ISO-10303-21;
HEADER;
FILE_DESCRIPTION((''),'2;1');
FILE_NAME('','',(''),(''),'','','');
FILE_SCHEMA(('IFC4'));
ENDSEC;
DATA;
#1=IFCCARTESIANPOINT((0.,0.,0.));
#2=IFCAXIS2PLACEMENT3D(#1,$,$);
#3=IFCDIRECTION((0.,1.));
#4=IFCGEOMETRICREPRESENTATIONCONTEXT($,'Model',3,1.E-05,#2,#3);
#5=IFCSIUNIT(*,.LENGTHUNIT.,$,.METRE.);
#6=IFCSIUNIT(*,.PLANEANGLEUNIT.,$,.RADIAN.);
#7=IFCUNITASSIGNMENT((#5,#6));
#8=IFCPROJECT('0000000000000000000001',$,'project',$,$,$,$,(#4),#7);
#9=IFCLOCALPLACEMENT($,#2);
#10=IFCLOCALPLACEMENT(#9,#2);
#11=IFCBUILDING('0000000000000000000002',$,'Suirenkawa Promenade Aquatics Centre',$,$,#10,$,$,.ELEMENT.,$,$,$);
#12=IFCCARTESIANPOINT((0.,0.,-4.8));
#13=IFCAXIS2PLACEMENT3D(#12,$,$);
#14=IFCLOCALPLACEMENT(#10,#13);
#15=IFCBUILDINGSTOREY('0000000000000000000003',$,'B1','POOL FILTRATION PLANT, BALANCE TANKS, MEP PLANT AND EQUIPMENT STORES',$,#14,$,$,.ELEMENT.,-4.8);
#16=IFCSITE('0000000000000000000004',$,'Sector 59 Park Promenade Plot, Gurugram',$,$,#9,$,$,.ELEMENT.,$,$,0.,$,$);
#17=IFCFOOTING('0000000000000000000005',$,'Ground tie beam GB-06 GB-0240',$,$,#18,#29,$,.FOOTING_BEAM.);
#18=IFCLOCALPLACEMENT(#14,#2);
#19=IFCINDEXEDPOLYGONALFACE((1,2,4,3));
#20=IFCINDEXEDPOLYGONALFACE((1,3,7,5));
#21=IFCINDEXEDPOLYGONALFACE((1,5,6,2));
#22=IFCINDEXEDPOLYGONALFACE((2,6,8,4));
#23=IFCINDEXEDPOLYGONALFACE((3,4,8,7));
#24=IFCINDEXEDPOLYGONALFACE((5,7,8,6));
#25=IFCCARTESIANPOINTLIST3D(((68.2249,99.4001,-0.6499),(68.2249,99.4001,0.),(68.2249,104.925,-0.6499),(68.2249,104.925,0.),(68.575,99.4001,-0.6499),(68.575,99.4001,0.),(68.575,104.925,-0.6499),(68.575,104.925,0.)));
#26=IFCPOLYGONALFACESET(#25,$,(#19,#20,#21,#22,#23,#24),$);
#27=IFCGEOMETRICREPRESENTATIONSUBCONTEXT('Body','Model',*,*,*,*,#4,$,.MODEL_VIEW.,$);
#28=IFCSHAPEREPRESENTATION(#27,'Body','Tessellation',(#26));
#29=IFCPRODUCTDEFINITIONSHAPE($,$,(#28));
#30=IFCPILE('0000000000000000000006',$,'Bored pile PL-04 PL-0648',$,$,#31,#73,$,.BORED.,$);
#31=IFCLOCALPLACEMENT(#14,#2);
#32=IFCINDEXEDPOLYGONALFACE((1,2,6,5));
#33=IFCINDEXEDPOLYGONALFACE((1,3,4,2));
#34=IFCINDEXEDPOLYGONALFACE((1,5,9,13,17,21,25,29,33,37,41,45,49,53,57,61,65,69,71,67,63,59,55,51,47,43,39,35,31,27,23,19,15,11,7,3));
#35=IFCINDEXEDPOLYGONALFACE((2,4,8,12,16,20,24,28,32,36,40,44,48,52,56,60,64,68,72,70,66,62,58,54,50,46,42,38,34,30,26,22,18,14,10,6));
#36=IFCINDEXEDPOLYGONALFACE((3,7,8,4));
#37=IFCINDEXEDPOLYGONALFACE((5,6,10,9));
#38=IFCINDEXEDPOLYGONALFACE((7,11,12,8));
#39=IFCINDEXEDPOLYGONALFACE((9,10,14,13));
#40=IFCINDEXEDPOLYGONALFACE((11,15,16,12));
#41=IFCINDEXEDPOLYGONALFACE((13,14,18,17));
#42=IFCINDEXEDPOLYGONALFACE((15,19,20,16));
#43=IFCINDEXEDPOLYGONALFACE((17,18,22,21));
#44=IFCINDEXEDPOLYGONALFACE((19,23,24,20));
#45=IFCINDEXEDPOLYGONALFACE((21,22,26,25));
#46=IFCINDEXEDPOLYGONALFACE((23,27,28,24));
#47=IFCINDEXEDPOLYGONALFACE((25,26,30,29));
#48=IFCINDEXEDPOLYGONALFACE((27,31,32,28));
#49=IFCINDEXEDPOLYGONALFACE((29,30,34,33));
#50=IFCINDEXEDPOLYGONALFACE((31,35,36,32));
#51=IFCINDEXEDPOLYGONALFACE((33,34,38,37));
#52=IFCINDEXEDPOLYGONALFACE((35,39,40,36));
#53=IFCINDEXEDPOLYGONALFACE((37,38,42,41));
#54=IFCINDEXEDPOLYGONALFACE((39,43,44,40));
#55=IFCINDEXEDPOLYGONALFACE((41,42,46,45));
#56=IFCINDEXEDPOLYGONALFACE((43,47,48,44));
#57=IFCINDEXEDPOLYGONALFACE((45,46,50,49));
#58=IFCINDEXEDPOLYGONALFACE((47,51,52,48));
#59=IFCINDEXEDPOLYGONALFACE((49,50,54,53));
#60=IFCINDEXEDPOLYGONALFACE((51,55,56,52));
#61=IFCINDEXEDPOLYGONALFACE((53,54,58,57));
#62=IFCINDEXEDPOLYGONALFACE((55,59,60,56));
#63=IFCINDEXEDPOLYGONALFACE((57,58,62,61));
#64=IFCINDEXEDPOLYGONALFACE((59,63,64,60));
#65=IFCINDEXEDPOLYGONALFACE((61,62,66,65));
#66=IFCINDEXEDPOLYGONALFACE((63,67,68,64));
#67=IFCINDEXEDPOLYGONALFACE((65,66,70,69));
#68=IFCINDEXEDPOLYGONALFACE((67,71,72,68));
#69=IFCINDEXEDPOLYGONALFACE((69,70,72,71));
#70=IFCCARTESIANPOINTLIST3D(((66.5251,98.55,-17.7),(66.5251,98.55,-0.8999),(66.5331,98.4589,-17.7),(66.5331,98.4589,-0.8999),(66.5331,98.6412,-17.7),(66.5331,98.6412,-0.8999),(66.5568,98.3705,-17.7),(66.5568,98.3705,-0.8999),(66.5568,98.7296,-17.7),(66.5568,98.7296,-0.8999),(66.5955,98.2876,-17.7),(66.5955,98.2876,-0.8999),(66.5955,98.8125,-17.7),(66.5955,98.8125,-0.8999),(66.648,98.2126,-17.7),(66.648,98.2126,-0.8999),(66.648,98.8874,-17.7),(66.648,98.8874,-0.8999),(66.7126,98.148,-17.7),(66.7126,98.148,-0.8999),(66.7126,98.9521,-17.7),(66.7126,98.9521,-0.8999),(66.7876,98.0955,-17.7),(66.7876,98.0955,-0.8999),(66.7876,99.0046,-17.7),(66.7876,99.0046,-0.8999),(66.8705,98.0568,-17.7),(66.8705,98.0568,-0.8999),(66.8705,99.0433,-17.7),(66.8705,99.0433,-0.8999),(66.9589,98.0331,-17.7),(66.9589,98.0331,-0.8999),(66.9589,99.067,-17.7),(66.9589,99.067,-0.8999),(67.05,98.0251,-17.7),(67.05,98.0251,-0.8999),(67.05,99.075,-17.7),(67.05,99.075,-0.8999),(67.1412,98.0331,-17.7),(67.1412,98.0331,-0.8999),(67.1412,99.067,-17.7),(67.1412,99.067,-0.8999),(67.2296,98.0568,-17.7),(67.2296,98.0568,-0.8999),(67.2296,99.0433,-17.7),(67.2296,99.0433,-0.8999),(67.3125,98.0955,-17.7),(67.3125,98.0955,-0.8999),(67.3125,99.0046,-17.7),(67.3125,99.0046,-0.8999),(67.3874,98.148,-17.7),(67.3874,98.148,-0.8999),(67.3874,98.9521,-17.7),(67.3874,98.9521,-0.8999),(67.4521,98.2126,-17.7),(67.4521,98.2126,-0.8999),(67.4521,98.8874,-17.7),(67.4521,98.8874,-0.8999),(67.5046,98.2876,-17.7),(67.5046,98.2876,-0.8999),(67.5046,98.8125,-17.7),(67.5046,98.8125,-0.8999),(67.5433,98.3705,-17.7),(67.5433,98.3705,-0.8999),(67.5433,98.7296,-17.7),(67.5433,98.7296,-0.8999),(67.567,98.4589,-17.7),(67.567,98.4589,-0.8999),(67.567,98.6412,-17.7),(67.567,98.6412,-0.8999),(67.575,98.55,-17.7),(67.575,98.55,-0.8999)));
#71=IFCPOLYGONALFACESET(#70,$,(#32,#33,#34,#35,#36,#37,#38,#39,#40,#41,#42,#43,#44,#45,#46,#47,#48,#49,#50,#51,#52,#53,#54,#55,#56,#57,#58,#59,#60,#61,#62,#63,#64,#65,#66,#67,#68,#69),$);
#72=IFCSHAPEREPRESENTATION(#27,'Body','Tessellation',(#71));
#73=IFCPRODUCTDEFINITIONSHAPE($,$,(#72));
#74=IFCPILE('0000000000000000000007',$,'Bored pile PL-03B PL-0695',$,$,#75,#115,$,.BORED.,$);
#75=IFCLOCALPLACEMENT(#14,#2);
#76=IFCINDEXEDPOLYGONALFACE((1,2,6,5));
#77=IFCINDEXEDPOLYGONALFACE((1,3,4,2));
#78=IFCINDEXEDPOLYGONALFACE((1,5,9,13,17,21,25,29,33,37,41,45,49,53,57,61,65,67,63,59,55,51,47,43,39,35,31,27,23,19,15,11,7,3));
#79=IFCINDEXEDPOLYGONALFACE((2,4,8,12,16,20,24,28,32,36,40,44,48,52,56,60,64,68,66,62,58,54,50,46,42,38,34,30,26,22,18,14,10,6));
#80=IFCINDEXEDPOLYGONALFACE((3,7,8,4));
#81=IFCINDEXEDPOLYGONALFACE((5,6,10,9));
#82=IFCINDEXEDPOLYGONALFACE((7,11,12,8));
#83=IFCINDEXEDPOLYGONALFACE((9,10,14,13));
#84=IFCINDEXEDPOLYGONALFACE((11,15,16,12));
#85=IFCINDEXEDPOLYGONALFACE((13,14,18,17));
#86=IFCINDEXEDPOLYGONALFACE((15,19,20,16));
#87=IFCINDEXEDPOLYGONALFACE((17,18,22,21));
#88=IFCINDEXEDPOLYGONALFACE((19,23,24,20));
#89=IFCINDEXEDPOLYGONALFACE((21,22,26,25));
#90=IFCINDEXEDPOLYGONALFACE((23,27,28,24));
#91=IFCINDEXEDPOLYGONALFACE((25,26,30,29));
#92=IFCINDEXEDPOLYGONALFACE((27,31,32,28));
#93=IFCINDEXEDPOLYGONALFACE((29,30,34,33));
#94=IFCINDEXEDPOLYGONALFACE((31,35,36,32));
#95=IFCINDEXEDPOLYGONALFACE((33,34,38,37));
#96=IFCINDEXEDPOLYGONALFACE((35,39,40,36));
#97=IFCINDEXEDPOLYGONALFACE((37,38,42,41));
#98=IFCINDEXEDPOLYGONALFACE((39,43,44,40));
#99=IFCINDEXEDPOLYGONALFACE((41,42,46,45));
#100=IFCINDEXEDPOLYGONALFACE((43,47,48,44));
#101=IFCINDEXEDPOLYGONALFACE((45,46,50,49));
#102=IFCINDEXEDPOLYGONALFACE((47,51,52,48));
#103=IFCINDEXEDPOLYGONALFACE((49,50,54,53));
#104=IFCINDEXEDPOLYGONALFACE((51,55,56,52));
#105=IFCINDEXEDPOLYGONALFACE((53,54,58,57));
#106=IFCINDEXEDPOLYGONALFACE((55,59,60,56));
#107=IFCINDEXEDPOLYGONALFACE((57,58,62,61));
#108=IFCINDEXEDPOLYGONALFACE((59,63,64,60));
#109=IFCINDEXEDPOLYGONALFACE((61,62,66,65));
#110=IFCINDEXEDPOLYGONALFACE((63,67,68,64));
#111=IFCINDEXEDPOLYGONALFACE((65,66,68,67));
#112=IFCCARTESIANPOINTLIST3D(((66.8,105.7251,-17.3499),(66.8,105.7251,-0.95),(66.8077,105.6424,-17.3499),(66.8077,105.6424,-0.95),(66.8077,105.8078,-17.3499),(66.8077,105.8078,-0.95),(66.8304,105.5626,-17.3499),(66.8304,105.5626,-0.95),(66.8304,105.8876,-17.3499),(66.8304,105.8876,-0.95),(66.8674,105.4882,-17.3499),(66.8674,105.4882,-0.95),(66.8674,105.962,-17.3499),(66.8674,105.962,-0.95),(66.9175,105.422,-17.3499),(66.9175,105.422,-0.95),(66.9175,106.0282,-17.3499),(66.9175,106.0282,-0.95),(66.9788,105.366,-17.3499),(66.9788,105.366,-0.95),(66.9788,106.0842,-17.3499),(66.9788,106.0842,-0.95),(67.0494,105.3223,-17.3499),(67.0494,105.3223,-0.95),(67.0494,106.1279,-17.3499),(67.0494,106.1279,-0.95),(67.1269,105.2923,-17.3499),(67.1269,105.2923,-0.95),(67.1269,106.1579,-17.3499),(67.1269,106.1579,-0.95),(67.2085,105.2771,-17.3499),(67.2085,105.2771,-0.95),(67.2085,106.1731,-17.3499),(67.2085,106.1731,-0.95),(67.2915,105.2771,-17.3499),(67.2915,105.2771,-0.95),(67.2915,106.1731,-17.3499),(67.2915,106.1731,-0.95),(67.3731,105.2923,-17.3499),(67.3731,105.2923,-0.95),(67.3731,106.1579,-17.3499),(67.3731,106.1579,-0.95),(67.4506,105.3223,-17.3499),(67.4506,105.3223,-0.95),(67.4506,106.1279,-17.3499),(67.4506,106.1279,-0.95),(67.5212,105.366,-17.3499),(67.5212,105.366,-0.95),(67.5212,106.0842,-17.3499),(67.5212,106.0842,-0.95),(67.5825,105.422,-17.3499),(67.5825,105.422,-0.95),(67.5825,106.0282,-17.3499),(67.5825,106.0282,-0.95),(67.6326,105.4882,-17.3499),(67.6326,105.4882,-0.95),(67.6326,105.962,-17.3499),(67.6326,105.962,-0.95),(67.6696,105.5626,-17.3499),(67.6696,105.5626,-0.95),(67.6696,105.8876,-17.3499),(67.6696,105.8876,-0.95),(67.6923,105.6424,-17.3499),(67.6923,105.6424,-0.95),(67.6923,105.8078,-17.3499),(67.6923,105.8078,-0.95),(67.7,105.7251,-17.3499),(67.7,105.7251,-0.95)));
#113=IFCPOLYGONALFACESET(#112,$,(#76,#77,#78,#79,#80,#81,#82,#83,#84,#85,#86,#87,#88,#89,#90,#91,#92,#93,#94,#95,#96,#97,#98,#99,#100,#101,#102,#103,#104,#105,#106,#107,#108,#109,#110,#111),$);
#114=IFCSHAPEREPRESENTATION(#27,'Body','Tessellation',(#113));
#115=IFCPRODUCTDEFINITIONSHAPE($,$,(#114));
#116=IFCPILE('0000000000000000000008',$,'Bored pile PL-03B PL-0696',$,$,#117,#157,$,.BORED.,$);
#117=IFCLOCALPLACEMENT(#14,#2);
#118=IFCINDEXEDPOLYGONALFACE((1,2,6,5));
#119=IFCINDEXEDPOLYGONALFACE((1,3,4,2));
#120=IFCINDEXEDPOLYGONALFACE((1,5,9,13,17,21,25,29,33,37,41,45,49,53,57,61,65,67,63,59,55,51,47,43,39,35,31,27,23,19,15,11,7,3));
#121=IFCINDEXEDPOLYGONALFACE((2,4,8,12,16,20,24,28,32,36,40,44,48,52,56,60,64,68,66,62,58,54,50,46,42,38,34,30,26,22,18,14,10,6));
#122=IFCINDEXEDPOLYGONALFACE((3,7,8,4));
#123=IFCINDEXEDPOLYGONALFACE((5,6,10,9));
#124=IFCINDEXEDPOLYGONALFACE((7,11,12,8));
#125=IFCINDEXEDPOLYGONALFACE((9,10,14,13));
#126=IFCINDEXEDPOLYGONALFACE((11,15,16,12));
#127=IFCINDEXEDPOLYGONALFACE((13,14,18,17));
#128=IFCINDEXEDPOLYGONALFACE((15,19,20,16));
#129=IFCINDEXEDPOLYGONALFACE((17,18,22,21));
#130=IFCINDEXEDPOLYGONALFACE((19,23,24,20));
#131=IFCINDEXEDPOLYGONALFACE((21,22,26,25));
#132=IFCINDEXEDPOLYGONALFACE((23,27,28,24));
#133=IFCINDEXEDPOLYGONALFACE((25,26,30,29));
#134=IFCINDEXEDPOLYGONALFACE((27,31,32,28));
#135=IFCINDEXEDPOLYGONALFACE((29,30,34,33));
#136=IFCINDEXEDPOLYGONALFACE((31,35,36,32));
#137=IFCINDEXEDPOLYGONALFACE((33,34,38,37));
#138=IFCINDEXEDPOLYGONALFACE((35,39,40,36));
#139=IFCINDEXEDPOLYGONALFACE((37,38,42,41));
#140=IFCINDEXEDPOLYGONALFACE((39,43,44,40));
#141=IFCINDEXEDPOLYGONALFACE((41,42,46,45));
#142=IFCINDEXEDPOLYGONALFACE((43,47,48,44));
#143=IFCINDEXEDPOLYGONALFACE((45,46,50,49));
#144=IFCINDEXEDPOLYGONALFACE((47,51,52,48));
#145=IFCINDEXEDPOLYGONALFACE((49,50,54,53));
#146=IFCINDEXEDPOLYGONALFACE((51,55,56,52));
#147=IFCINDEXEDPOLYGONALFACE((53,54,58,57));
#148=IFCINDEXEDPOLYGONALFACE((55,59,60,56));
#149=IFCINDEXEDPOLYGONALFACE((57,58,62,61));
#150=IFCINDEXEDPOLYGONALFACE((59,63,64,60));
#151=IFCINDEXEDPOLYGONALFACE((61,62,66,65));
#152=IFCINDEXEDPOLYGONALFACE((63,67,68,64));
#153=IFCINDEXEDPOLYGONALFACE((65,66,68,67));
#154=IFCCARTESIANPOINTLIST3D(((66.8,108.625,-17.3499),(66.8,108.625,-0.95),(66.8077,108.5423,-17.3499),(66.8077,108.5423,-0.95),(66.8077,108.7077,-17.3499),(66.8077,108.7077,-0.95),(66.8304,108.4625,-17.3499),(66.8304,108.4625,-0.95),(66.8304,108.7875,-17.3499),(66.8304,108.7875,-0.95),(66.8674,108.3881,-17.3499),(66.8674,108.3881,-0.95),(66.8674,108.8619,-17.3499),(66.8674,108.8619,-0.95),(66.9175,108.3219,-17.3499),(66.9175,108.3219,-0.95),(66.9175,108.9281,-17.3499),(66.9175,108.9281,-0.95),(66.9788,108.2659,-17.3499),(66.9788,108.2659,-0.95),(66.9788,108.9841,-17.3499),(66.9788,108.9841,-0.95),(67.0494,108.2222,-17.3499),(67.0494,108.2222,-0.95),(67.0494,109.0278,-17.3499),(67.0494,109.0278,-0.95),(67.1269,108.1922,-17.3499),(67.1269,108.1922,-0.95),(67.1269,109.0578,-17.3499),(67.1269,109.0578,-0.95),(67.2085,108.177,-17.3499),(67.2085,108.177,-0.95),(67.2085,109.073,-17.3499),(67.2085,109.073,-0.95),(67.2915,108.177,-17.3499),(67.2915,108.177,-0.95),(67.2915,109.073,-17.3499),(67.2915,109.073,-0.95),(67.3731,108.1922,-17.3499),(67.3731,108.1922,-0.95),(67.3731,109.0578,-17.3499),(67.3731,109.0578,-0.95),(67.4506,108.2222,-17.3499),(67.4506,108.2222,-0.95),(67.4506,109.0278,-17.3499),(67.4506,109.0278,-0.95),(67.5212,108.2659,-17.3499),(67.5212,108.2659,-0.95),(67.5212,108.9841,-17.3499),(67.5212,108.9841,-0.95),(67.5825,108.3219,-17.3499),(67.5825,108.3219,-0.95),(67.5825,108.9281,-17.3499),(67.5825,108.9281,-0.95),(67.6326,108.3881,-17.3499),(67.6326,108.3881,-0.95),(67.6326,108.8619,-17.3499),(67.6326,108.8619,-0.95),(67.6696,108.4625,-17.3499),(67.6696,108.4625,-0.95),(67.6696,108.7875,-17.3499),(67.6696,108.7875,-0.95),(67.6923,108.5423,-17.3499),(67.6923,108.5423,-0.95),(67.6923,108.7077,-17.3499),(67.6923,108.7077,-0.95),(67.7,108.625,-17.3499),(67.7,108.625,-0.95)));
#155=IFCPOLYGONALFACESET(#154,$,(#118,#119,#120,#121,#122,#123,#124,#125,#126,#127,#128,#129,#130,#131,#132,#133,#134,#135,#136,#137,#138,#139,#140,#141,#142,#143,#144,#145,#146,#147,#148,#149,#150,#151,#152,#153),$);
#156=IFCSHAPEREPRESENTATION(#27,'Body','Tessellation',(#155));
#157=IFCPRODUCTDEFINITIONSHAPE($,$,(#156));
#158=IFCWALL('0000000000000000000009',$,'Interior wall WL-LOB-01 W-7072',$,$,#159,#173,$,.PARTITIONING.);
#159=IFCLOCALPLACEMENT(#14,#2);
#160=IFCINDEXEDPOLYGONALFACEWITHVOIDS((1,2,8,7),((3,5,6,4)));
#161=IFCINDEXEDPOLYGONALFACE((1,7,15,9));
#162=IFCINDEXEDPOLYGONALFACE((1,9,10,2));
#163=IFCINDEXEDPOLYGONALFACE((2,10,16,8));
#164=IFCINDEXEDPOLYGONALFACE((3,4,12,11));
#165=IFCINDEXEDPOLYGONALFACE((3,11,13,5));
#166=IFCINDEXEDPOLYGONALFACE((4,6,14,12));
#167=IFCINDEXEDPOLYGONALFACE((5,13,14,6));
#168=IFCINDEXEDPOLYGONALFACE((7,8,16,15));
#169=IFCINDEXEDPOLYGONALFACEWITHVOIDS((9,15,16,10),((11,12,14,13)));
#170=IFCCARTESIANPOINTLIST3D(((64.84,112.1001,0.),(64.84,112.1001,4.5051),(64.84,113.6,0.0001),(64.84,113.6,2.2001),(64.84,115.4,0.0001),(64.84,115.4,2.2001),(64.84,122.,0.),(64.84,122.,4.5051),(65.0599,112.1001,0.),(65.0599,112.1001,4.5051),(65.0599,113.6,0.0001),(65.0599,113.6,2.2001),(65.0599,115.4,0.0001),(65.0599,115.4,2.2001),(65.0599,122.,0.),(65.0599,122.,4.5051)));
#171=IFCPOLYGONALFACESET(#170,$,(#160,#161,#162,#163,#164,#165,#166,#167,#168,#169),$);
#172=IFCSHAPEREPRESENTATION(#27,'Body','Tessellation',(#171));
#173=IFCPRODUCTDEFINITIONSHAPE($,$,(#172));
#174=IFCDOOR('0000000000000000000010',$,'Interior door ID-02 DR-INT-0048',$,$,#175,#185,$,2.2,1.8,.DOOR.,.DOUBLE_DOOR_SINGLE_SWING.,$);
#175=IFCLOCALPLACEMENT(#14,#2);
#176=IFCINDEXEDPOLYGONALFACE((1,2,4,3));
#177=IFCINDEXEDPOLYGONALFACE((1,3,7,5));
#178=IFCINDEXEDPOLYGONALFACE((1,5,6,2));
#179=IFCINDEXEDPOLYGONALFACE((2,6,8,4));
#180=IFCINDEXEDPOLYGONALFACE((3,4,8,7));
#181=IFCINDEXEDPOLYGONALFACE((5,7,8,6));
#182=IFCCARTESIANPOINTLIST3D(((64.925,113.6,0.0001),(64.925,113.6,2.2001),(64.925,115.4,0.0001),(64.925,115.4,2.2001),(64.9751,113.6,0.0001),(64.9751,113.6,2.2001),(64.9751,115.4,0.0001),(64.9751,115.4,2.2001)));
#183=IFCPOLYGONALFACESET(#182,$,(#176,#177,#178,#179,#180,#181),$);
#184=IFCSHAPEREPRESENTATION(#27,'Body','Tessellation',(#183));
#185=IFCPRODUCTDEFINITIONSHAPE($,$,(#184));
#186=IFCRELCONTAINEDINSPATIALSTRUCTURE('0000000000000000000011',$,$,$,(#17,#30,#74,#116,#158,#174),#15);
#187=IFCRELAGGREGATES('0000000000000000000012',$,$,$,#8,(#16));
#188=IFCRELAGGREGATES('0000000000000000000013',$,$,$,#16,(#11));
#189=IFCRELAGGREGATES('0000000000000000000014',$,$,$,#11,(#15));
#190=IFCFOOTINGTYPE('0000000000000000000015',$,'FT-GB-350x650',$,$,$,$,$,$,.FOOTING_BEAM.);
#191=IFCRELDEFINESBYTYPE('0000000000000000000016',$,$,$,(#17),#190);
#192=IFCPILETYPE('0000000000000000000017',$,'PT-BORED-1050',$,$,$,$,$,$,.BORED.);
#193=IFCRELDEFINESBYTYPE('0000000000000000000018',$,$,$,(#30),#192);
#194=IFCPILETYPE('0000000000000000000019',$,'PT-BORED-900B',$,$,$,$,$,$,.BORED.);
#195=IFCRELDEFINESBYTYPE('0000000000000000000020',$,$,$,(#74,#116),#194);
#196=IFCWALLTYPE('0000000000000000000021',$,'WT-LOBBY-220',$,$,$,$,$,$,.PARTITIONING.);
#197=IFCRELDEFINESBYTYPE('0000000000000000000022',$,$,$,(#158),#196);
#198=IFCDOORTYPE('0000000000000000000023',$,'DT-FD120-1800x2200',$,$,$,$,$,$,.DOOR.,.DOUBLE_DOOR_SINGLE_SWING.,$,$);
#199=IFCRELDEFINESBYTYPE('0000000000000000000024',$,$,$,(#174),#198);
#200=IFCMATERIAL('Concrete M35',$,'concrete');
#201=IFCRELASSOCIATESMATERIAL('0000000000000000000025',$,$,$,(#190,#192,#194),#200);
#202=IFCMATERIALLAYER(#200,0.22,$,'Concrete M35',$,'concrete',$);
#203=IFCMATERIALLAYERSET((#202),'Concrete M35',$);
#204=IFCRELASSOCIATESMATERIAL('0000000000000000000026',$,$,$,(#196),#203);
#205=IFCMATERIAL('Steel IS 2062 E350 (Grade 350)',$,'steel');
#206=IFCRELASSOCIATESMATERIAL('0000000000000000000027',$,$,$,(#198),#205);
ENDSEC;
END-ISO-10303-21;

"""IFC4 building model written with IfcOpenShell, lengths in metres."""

from ifc_helpers import new_model, si_unit, direction, frame, frame_2d, origin, origin_2d, place, context, subcontext, project, spatial, rectangle, circle, extrude, material, layer, layer_set, material_profile, profile_set, type_object, element, fill, save


model = new_model("IFC4")

# Units and contexts
model_context = context("Model", 3, precision=1e-05, world=origin(), true_north=direction((0.0, 1.0)))
body_context = subcontext(model_context, "Body", "Model", "MODEL_VIEW")
ifc_project = project(units=[si_unit("LENGTHUNIT", "METRE"), si_unit("PLANEANGLEUNIT", "RADIAN")], contexts=[model_context])

# Site, building, storey
site_placement = place(None, origin())
site = spatial("IfcSite", under=ifc_project, at=site_placement, Name="Sector 59 Park Promenade Plot, Gurugram", CompositionType="ELEMENT", RefElevation=0.0)
building_placement = place(site_placement, origin())
building = spatial("IfcBuilding", under=site, at=building_placement, Name="Suirenkawa Promenade Aquatics Centre", CompositionType="ELEMENT")
storey_placement = place(building_placement, frame((0.0, 0.0, -4.8)))
storey = spatial("IfcBuildingStorey", under=building, at=storey_placement, Name="B1", Description="POOL FILTRATION PLANT, BALANCE TANKS, MEP PLANT AND EQUIPMENT STORES", CompositionType="ELEMENT", Elevation=-4.8)

# Footing
ifc_material_1 = material(Name="Concrete M35", Category="concrete")
footing_type = type_object("IfcFootingType", Name="FT-GB-350x650", PredefinedType="FOOTING_BEAM", material=ifc_material_1)
footing_placement = place(storey_placement, frame((68.3999, 102.1626, -0.6499), z_axis=(0.0, 0.0, 1.0), x_axis=(0.0, 1.0, 0.0)))
element("IfcFooting", 1, at=footing_placement, inside=storey, type_object=footing_type, Name="Ground tie beam GB-06 GB-0240", PredefinedType="FOOTING_BEAM", context=body_context, shape_type="SweptSolid", body=[
    extrude(rectangle(XDim=5.5249, YDim=0.3501, at=origin_2d()), origin(), (0.0, 0.0, 1.0), 0.6499),
])

# Piles
ifc_material_profile_1 = material_profile(ifc_material_1, circle(Radius=0.5249, at=origin_2d()), Name="PILE D1050", Category="concrete")
ifc_profile_set_1 = profile_set([ifc_material_profile_1], Name="Concrete M35")
pile_type_1 = type_object("IfcPileType", Name="PT-BORED-1050", PredefinedType="BORED", material=ifc_profile_set_1)
pile_placement = place(storey_placement, frame((67.05, 98.55, -0.8999), z_axis=(0.0, 0.0, -1.0), x_axis=(1.0, 0.0, 0.0)))
element("IfcPile", 2, at=pile_placement, inside=storey, type_object=pile_type_1, Name="Bored pile PL-04 PL-0648", PredefinedType="BORED", context=body_context, shape_type="SweptSolid", body=[
    extrude(circle(Radius=0.5249, at=origin_2d()), origin(), (0.0, 0.0, 1.0), 16.8),
])
ifc_material_profile_2 = material_profile(ifc_material_1, circle(Radius=0.45, at=origin_2d()), Name="PILE D900", Category="concrete")
ifc_profile_set_2 = profile_set([ifc_material_profile_2], Name="Concrete M35")
pile_type_2 = type_object("IfcPileType", Name="PT-BORED-900B", PredefinedType="BORED", material=ifc_profile_set_2)
for number, where, z_axis, x_axis, name in (
    (3, (67.25, 105.7251, -0.95), (0.0, 0.0, -1.0), (1.0, 0.0, 0.0), "Bored pile PL-03B PL-0695"),
    (4, (67.25, 108.625, -0.95), (0.0, 0.0, -1.0), (1.0, 0.0, 0.0), "Bored pile PL-03B PL-0696"),
):
    element("IfcPile", number, at=place(storey_placement, frame(where, z_axis=z_axis, x_axis=x_axis)), inside=storey, type_object=pile_type_2, Name=name, PredefinedType="BORED", context=body_context, shape_type="SweptSolid", body=[
        extrude(circle(Radius=0.45, at=origin_2d()), origin(), (0.0, 0.0, 1.0), 16.3999),
    ])

# Wall, opening, door
ifc_layer_1 = layer(ifc_material_1, 0.22, Name="Concrete M35", Category="concrete")
ifc_layer_set_1 = layer_set([ifc_layer_1], Name="Concrete M35")
wall_type_1 = type_object("IfcWallType", Name="WT-LOBBY-220", PredefinedType="PARTITIONING", material=ifc_layer_set_1)
wall_1_placement = place(storey_placement, frame((64.95, 112.1001, 0.0), z_axis=(0.0, 0.0, 1.0), x_axis=(0.0, 1.0, 0.0)))
wall_1 = element("IfcWall", 5, at=wall_1_placement, inside=storey, type_object=wall_type_1, Name="Interior wall WL-LOB-01 W-7072", PredefinedType="PARTITIONING", context=body_context, shape_type="SweptSolid", body=[
    extrude(rectangle(XDim=9.8999, YDim=0.22, at=frame_2d((4.95, 0.0))), origin(), (0.0, 0.0, 1.0), 4.5051),
])
opening_1_placement = place(wall_1_placement, frame((1.5, 0.0, 0.0)))
opening_1 = element("IfcOpeningElement", 6, at=opening_1_placement, cuts=wall_1, PredefinedType="OPENING", context=body_context, shape_type="SweptSolid", body=[
    extrude(rectangle(XDim=1.8, YDim=2.2, at=frame_2d((0.8999, 1.1001))), frame((0.0, 0.1199, 0.0), z_axis=(0.0, -1.0, 0.0), x_axis=(1.0, 0.0, 0.0)), (0.0, 0.0, 1.0), 0.24),
])
ifc_material_2 = material(Name="Steel IS 2062 E350 (Grade 350)", Category="steel")
door_type_1 = type_object("IfcDoorType", Name="DT-FD120-1800x2200", OperationType="DOUBLE_DOOR_SINGLE_SWING", PredefinedType="DOOR", material=ifc_material_2)
door_1_placement = place(opening_1_placement, origin())
door_1 = element("IfcDoor", 7, at=door_1_placement, inside=storey, type_object=door_type_1, Name="Interior door ID-02 DR-INT-0048", OperationType="DOUBLE_DOOR_SINGLE_SWING", OverallHeight=2.2, OverallWidth=1.8, PredefinedType="DOOR", context=body_context, shape_type="SweptSolid", body=[
    extrude(rectangle(XDim=1.8, YDim=2.2, at=frame_2d((0.8999, 1.1001))), frame((0.0, 0.0249, 0.0), z_axis=(0.0, -1.0, 0.0), x_axis=(1.0, 0.0, 0.0)), (0.0, 0.0, 1.0), 0.05),
])
fill(opening_1, door_1)

save(model, "model.ifc")
